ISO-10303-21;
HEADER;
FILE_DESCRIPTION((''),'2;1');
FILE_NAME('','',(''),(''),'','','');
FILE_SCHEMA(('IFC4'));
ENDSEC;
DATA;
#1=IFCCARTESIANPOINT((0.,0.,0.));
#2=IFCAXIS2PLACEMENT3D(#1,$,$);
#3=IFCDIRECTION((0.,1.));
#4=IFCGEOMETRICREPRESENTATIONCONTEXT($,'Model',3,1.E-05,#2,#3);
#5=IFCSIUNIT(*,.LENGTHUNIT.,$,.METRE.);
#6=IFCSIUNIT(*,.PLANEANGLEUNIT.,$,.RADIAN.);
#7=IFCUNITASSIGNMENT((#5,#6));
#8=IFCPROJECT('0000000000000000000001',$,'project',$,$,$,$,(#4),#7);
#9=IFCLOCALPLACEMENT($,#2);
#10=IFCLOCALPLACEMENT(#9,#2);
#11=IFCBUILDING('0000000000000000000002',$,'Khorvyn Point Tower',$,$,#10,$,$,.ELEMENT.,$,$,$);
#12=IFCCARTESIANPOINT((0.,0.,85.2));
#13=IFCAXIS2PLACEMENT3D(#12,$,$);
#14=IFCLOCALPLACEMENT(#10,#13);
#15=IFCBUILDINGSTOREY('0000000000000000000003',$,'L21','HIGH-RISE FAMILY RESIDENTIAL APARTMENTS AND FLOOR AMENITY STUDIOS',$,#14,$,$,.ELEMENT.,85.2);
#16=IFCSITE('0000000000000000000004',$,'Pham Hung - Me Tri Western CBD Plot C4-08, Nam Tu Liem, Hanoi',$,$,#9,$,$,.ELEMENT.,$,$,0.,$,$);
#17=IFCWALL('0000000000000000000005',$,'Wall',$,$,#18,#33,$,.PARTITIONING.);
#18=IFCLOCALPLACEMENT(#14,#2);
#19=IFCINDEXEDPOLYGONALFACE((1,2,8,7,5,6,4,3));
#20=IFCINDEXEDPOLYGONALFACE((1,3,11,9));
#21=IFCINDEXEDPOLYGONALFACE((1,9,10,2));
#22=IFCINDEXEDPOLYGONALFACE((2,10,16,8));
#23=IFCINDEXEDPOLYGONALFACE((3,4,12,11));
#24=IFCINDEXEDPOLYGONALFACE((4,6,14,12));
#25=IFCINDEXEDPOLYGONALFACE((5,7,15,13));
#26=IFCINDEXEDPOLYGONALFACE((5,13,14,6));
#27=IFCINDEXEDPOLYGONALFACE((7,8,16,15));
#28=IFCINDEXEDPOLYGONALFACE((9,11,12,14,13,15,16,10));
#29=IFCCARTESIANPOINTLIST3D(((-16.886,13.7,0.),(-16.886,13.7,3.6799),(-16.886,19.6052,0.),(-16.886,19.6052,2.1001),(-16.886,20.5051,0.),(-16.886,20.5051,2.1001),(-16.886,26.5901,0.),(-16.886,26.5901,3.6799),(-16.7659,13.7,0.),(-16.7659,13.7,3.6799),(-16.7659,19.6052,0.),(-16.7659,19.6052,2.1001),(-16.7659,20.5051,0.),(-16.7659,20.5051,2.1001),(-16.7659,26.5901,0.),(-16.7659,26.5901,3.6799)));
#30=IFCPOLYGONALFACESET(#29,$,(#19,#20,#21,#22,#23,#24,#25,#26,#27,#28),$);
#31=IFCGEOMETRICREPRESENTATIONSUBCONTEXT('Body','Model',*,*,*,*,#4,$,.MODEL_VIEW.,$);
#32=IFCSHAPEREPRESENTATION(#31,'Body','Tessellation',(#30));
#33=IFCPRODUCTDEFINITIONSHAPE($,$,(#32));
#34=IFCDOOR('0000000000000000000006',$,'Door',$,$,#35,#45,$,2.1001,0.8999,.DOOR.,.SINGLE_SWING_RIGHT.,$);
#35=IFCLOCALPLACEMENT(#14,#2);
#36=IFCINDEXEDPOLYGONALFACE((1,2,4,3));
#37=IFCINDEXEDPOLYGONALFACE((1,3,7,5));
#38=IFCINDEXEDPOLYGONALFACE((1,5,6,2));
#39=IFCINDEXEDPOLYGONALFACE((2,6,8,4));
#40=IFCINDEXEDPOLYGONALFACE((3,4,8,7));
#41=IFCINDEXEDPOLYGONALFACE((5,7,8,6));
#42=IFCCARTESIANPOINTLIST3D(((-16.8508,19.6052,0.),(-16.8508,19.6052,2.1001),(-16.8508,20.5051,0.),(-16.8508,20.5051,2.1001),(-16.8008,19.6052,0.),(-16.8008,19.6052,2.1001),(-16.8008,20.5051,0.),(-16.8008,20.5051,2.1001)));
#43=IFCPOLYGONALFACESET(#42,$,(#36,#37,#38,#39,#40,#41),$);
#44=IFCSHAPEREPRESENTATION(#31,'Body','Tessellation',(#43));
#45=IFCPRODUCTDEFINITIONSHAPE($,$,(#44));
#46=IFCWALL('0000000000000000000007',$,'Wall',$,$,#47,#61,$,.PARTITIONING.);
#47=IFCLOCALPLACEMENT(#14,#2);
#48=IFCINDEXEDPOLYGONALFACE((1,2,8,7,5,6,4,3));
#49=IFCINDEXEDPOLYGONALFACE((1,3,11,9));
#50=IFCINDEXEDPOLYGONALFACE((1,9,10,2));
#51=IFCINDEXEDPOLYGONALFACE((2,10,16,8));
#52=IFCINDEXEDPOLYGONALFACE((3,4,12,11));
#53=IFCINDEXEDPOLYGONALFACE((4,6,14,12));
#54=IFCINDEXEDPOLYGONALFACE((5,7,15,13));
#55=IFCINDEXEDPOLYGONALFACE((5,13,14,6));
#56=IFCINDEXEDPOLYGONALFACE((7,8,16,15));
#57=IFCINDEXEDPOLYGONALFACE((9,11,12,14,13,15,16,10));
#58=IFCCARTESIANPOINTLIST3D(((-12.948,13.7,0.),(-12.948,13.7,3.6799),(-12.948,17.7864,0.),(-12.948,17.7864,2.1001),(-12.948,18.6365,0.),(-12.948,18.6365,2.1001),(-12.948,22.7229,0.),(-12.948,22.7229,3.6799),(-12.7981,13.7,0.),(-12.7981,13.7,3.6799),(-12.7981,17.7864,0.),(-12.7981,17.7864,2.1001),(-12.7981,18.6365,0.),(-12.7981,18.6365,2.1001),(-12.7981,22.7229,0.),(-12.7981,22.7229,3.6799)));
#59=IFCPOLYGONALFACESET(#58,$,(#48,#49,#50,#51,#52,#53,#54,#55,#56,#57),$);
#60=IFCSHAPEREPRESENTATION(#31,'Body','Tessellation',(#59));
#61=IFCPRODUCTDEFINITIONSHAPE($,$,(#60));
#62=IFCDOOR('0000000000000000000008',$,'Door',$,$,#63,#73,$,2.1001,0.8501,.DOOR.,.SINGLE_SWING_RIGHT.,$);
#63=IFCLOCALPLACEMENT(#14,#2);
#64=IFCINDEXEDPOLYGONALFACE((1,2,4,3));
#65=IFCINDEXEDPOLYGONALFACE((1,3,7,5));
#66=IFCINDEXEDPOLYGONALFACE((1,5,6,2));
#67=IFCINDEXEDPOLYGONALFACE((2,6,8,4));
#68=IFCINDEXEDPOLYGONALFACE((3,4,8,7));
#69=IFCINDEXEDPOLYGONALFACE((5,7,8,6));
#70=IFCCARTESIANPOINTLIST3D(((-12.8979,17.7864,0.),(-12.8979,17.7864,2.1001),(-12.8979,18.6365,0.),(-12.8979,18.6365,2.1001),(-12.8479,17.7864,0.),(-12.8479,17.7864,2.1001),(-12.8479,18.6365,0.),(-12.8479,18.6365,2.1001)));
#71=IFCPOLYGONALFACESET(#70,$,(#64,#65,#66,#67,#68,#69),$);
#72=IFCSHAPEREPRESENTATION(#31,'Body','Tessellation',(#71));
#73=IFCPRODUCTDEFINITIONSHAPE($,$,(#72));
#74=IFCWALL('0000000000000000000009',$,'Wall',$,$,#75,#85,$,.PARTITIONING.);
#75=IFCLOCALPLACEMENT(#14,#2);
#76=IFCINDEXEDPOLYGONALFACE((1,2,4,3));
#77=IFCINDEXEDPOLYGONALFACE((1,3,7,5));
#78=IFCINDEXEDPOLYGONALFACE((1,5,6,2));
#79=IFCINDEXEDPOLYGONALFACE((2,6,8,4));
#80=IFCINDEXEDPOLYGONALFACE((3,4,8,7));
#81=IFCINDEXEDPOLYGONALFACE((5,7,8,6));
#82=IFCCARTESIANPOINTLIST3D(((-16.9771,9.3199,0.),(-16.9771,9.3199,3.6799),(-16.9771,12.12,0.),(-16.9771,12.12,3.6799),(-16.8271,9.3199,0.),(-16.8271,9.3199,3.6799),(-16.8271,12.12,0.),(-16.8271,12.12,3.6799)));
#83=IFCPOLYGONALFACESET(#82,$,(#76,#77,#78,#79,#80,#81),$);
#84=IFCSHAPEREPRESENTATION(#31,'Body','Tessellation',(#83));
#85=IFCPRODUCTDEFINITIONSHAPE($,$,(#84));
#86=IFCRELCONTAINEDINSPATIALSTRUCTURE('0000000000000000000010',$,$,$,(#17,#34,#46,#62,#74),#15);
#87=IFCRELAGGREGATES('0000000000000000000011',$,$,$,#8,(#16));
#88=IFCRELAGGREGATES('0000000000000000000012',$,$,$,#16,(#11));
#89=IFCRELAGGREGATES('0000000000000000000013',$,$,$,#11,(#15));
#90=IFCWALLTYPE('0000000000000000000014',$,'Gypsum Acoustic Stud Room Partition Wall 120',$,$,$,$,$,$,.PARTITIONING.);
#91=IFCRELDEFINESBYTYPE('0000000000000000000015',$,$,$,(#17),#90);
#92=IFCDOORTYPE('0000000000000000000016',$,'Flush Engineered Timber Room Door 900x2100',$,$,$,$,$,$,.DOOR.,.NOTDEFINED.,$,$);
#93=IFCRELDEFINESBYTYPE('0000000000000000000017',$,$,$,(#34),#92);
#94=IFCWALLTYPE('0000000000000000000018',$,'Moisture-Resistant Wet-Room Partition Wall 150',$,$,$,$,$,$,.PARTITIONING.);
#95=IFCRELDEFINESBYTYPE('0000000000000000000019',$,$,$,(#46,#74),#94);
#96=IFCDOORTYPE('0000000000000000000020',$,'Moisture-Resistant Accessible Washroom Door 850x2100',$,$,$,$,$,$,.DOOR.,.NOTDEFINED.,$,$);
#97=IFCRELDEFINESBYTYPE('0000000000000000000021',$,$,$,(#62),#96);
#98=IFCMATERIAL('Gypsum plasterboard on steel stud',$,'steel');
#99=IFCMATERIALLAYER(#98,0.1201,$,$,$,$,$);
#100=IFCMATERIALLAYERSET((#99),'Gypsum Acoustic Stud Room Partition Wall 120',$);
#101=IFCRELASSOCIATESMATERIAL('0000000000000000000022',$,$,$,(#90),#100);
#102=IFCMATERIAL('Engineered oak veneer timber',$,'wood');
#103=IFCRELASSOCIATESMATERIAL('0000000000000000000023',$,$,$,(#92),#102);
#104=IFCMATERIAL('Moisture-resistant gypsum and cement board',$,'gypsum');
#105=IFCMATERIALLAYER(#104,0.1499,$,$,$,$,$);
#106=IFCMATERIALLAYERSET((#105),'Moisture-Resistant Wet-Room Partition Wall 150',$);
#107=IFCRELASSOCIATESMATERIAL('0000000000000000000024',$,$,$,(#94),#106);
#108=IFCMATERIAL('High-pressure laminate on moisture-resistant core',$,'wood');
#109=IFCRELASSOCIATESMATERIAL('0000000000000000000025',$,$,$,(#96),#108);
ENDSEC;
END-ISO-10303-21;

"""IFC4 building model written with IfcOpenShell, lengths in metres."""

from ifc_helpers import new_model, si_unit, direction, frame, frame_2d, origin, place, context, subcontext, project, spatial, rectangle, extrude, material, layer, layer_set, type_object, element, fill, save


model = new_model("IFC4")

# Units and contexts
model_context = context("Model", 3, precision=1e-05, world=origin(), true_north=direction((0.0, 1.0)))
body_context = subcontext(model_context, "Body", "Model", "MODEL_VIEW")
ifc_project = project(units=[si_unit("LENGTHUNIT", "METRE"), si_unit("PLANEANGLEUNIT", "RADIAN")], contexts=[model_context])

# Site, building, storey
site_placement = place(None, origin())
site = spatial("IfcSite", under=ifc_project, at=site_placement, Name="Pham Hung - Me Tri Western CBD Plot C4-08, Nam Tu Liem, Hanoi", CompositionType="ELEMENT", RefElevation=0.0)
building_placement = place(site_placement, origin())
building = spatial("IfcBuilding", under=site, at=building_placement, Name="Khorvyn Point Tower", CompositionType="ELEMENT")
storey_placement = place(building_placement, frame((0.0, 0.0, 85.2)))
storey = spatial("IfcBuildingStorey", under=building, at=storey_placement, Name="L21", Description="HIGH-RISE FAMILY RESIDENTIAL APARTMENTS AND FLOOR AMENITY STUDIOS", CompositionType="ELEMENT", Elevation=85.2)

# Walls, openings, doors
ifc_material_1 = material(Name="Gypsum plasterboard on steel stud", Category="steel")
ifc_layer_1 = layer(ifc_material_1, 0.1201)
ifc_layer_set_1 = layer_set([ifc_layer_1], Name="Gypsum Acoustic Stud Room Partition Wall 120")
wall_type_1 = type_object("IfcWallType", Name="Gypsum Acoustic Stud Room Partition Wall 120", PredefinedType="PARTITIONING", material=ifc_layer_set_1)
wall_1_placement = place(storey_placement, frame((-16.8259, 13.7, 0.0), z_axis=(0.0, 0.0, 1.0), x_axis=(0.0, 1.0, 0.0)))
wall_1 = element("IfcWall", 1, at=wall_1_placement, inside=storey, type_object=wall_type_1, Name="Wall", PredefinedType="PARTITIONING", context=body_context, shape_type="SweptSolid", body=[
    extrude(rectangle(XDim=12.8901, YDim=0.1201, at=frame_2d((6.4451, 0.0))), origin(), (0.0, 0.0, 1.0), 3.6799),
])
opening_1_placement = place(wall_1_placement, frame((5.9053, 0.0, 0.0)))
opening_1 = element("IfcOpeningElement", 2, at=opening_1_placement, cuts=wall_1, PredefinedType="OPENING", context=body_context, shape_type="SweptSolid", body=[
    extrude(rectangle(XDim=0.8999, YDim=2.1001, at=frame_2d((0.45, 1.05))), frame((0.0, 0.0701, 0.0), z_axis=(0.0, -1.0, 0.0), x_axis=(1.0, 0.0, 0.0)), (0.0, 0.0, 1.0), 0.1401),
])
ifc_material_2 = material(Name="Engineered oak veneer timber", Category="wood")
door_type_1 = type_object("IfcDoorType", Name="Flush Engineered Timber Room Door 900x2100", OperationType="NOTDEFINED", PredefinedType="DOOR", material=ifc_material_2)
door_1_placement = place(opening_1_placement, origin())
door_1 = element("IfcDoor", 3, at=door_1_placement, inside=storey, type_object=door_type_1, Name="Door", OperationType="SINGLE_SWING_RIGHT", OverallHeight=2.1001, OverallWidth=0.8999, PredefinedType="DOOR", context=body_context, shape_type="SweptSolid", body=[
    extrude(rectangle(XDim=0.8999, YDim=2.1001, at=frame_2d((0.45, 1.05))), frame((0.0, 0.0249, 0.0), z_axis=(0.0, -1.0, 0.0), x_axis=(1.0, 0.0, 0.0)), (0.0, 0.0, 1.0), 0.05),
])
fill(opening_1, door_1)
ifc_material_3 = material(Name="Moisture-resistant gypsum and cement board", Category="gypsum")
ifc_layer_2 = layer(ifc_material_3, 0.1499)
ifc_layer_set_2 = layer_set([ifc_layer_2], Name="Moisture-Resistant Wet-Room Partition Wall 150")
wall_type_2 = type_object("IfcWallType", Name="Moisture-Resistant Wet-Room Partition Wall 150", PredefinedType="PARTITIONING", material=ifc_layer_set_2)
wall_2_placement = place(storey_placement, frame((-12.873, 13.7, 0.0), z_axis=(0.0, 0.0, 1.0), x_axis=(0.0, 1.0, 0.0)))
wall_2 = element("IfcWall", 4, at=wall_2_placement, inside=storey, type_object=wall_type_2, Name="Wall", PredefinedType="PARTITIONING", context=body_context, shape_type="SweptSolid", body=[
    extrude(rectangle(XDim=9.0229, YDim=0.1499, at=frame_2d((4.5115, 0.0))), origin(), (0.0, 0.0, 1.0), 3.6799),
])
opening_2_placement = place(wall_2_placement, frame((4.0864, 0.0, 0.0)))
opening_2 = element("IfcOpeningElement", 5, at=opening_2_placement, cuts=wall_2, PredefinedType="OPENING", context=body_context, shape_type="SweptSolid", body=[
    extrude(rectangle(XDim=0.8501, YDim=2.1001, at=frame_2d((0.425, 1.05))), frame((0.0, 0.085, 0.0), z_axis=(0.0, -1.0, 0.0), x_axis=(1.0, 0.0, 0.0)), (0.0, 0.0, 1.0), 0.1699),
])
ifc_material_4 = material(Name="High-pressure laminate on moisture-resistant core", Category="wood")
door_type_2 = type_object("IfcDoorType", Name="Moisture-Resistant Accessible Washroom Door 850x2100", OperationType="NOTDEFINED", PredefinedType="DOOR", material=ifc_material_4)
door_2_placement = place(opening_2_placement, origin())
door_2 = element("IfcDoor", 6, at=door_2_placement, inside=storey, type_object=door_type_2, Name="Door", OperationType="SINGLE_SWING_RIGHT", OverallHeight=2.1001, OverallWidth=0.8501, PredefinedType="DOOR", context=body_context, shape_type="SweptSolid", body=[
    extrude(rectangle(XDim=0.8501, YDim=2.1001, at=frame_2d((0.425, 1.05))), frame((0.0, 0.0249, 0.0), z_axis=(0.0, -1.0, 0.0), x_axis=(1.0, 0.0, 0.0)), (0.0, 0.0, 1.0), 0.05),
])
fill(opening_2, door_2)

# Wall
wall_3_placement = place(storey_placement, frame((-16.9021, 9.3201, 0.0), z_axis=(0.0, 0.0, 1.0), x_axis=(0.0, 1.0, 0.0)))
element("IfcWall", 7, at=wall_3_placement, inside=storey, type_object=wall_type_2, Name="Wall", PredefinedType="PARTITIONING", context=body_context, shape_type="SweptSolid", body=[
    extrude(rectangle(XDim=2.8, YDim=0.1499, at=frame_2d((1.3999, 0.0))), origin(), (0.0, 0.0, 1.0), 3.6799),
])

save(model, "model.ifc")
